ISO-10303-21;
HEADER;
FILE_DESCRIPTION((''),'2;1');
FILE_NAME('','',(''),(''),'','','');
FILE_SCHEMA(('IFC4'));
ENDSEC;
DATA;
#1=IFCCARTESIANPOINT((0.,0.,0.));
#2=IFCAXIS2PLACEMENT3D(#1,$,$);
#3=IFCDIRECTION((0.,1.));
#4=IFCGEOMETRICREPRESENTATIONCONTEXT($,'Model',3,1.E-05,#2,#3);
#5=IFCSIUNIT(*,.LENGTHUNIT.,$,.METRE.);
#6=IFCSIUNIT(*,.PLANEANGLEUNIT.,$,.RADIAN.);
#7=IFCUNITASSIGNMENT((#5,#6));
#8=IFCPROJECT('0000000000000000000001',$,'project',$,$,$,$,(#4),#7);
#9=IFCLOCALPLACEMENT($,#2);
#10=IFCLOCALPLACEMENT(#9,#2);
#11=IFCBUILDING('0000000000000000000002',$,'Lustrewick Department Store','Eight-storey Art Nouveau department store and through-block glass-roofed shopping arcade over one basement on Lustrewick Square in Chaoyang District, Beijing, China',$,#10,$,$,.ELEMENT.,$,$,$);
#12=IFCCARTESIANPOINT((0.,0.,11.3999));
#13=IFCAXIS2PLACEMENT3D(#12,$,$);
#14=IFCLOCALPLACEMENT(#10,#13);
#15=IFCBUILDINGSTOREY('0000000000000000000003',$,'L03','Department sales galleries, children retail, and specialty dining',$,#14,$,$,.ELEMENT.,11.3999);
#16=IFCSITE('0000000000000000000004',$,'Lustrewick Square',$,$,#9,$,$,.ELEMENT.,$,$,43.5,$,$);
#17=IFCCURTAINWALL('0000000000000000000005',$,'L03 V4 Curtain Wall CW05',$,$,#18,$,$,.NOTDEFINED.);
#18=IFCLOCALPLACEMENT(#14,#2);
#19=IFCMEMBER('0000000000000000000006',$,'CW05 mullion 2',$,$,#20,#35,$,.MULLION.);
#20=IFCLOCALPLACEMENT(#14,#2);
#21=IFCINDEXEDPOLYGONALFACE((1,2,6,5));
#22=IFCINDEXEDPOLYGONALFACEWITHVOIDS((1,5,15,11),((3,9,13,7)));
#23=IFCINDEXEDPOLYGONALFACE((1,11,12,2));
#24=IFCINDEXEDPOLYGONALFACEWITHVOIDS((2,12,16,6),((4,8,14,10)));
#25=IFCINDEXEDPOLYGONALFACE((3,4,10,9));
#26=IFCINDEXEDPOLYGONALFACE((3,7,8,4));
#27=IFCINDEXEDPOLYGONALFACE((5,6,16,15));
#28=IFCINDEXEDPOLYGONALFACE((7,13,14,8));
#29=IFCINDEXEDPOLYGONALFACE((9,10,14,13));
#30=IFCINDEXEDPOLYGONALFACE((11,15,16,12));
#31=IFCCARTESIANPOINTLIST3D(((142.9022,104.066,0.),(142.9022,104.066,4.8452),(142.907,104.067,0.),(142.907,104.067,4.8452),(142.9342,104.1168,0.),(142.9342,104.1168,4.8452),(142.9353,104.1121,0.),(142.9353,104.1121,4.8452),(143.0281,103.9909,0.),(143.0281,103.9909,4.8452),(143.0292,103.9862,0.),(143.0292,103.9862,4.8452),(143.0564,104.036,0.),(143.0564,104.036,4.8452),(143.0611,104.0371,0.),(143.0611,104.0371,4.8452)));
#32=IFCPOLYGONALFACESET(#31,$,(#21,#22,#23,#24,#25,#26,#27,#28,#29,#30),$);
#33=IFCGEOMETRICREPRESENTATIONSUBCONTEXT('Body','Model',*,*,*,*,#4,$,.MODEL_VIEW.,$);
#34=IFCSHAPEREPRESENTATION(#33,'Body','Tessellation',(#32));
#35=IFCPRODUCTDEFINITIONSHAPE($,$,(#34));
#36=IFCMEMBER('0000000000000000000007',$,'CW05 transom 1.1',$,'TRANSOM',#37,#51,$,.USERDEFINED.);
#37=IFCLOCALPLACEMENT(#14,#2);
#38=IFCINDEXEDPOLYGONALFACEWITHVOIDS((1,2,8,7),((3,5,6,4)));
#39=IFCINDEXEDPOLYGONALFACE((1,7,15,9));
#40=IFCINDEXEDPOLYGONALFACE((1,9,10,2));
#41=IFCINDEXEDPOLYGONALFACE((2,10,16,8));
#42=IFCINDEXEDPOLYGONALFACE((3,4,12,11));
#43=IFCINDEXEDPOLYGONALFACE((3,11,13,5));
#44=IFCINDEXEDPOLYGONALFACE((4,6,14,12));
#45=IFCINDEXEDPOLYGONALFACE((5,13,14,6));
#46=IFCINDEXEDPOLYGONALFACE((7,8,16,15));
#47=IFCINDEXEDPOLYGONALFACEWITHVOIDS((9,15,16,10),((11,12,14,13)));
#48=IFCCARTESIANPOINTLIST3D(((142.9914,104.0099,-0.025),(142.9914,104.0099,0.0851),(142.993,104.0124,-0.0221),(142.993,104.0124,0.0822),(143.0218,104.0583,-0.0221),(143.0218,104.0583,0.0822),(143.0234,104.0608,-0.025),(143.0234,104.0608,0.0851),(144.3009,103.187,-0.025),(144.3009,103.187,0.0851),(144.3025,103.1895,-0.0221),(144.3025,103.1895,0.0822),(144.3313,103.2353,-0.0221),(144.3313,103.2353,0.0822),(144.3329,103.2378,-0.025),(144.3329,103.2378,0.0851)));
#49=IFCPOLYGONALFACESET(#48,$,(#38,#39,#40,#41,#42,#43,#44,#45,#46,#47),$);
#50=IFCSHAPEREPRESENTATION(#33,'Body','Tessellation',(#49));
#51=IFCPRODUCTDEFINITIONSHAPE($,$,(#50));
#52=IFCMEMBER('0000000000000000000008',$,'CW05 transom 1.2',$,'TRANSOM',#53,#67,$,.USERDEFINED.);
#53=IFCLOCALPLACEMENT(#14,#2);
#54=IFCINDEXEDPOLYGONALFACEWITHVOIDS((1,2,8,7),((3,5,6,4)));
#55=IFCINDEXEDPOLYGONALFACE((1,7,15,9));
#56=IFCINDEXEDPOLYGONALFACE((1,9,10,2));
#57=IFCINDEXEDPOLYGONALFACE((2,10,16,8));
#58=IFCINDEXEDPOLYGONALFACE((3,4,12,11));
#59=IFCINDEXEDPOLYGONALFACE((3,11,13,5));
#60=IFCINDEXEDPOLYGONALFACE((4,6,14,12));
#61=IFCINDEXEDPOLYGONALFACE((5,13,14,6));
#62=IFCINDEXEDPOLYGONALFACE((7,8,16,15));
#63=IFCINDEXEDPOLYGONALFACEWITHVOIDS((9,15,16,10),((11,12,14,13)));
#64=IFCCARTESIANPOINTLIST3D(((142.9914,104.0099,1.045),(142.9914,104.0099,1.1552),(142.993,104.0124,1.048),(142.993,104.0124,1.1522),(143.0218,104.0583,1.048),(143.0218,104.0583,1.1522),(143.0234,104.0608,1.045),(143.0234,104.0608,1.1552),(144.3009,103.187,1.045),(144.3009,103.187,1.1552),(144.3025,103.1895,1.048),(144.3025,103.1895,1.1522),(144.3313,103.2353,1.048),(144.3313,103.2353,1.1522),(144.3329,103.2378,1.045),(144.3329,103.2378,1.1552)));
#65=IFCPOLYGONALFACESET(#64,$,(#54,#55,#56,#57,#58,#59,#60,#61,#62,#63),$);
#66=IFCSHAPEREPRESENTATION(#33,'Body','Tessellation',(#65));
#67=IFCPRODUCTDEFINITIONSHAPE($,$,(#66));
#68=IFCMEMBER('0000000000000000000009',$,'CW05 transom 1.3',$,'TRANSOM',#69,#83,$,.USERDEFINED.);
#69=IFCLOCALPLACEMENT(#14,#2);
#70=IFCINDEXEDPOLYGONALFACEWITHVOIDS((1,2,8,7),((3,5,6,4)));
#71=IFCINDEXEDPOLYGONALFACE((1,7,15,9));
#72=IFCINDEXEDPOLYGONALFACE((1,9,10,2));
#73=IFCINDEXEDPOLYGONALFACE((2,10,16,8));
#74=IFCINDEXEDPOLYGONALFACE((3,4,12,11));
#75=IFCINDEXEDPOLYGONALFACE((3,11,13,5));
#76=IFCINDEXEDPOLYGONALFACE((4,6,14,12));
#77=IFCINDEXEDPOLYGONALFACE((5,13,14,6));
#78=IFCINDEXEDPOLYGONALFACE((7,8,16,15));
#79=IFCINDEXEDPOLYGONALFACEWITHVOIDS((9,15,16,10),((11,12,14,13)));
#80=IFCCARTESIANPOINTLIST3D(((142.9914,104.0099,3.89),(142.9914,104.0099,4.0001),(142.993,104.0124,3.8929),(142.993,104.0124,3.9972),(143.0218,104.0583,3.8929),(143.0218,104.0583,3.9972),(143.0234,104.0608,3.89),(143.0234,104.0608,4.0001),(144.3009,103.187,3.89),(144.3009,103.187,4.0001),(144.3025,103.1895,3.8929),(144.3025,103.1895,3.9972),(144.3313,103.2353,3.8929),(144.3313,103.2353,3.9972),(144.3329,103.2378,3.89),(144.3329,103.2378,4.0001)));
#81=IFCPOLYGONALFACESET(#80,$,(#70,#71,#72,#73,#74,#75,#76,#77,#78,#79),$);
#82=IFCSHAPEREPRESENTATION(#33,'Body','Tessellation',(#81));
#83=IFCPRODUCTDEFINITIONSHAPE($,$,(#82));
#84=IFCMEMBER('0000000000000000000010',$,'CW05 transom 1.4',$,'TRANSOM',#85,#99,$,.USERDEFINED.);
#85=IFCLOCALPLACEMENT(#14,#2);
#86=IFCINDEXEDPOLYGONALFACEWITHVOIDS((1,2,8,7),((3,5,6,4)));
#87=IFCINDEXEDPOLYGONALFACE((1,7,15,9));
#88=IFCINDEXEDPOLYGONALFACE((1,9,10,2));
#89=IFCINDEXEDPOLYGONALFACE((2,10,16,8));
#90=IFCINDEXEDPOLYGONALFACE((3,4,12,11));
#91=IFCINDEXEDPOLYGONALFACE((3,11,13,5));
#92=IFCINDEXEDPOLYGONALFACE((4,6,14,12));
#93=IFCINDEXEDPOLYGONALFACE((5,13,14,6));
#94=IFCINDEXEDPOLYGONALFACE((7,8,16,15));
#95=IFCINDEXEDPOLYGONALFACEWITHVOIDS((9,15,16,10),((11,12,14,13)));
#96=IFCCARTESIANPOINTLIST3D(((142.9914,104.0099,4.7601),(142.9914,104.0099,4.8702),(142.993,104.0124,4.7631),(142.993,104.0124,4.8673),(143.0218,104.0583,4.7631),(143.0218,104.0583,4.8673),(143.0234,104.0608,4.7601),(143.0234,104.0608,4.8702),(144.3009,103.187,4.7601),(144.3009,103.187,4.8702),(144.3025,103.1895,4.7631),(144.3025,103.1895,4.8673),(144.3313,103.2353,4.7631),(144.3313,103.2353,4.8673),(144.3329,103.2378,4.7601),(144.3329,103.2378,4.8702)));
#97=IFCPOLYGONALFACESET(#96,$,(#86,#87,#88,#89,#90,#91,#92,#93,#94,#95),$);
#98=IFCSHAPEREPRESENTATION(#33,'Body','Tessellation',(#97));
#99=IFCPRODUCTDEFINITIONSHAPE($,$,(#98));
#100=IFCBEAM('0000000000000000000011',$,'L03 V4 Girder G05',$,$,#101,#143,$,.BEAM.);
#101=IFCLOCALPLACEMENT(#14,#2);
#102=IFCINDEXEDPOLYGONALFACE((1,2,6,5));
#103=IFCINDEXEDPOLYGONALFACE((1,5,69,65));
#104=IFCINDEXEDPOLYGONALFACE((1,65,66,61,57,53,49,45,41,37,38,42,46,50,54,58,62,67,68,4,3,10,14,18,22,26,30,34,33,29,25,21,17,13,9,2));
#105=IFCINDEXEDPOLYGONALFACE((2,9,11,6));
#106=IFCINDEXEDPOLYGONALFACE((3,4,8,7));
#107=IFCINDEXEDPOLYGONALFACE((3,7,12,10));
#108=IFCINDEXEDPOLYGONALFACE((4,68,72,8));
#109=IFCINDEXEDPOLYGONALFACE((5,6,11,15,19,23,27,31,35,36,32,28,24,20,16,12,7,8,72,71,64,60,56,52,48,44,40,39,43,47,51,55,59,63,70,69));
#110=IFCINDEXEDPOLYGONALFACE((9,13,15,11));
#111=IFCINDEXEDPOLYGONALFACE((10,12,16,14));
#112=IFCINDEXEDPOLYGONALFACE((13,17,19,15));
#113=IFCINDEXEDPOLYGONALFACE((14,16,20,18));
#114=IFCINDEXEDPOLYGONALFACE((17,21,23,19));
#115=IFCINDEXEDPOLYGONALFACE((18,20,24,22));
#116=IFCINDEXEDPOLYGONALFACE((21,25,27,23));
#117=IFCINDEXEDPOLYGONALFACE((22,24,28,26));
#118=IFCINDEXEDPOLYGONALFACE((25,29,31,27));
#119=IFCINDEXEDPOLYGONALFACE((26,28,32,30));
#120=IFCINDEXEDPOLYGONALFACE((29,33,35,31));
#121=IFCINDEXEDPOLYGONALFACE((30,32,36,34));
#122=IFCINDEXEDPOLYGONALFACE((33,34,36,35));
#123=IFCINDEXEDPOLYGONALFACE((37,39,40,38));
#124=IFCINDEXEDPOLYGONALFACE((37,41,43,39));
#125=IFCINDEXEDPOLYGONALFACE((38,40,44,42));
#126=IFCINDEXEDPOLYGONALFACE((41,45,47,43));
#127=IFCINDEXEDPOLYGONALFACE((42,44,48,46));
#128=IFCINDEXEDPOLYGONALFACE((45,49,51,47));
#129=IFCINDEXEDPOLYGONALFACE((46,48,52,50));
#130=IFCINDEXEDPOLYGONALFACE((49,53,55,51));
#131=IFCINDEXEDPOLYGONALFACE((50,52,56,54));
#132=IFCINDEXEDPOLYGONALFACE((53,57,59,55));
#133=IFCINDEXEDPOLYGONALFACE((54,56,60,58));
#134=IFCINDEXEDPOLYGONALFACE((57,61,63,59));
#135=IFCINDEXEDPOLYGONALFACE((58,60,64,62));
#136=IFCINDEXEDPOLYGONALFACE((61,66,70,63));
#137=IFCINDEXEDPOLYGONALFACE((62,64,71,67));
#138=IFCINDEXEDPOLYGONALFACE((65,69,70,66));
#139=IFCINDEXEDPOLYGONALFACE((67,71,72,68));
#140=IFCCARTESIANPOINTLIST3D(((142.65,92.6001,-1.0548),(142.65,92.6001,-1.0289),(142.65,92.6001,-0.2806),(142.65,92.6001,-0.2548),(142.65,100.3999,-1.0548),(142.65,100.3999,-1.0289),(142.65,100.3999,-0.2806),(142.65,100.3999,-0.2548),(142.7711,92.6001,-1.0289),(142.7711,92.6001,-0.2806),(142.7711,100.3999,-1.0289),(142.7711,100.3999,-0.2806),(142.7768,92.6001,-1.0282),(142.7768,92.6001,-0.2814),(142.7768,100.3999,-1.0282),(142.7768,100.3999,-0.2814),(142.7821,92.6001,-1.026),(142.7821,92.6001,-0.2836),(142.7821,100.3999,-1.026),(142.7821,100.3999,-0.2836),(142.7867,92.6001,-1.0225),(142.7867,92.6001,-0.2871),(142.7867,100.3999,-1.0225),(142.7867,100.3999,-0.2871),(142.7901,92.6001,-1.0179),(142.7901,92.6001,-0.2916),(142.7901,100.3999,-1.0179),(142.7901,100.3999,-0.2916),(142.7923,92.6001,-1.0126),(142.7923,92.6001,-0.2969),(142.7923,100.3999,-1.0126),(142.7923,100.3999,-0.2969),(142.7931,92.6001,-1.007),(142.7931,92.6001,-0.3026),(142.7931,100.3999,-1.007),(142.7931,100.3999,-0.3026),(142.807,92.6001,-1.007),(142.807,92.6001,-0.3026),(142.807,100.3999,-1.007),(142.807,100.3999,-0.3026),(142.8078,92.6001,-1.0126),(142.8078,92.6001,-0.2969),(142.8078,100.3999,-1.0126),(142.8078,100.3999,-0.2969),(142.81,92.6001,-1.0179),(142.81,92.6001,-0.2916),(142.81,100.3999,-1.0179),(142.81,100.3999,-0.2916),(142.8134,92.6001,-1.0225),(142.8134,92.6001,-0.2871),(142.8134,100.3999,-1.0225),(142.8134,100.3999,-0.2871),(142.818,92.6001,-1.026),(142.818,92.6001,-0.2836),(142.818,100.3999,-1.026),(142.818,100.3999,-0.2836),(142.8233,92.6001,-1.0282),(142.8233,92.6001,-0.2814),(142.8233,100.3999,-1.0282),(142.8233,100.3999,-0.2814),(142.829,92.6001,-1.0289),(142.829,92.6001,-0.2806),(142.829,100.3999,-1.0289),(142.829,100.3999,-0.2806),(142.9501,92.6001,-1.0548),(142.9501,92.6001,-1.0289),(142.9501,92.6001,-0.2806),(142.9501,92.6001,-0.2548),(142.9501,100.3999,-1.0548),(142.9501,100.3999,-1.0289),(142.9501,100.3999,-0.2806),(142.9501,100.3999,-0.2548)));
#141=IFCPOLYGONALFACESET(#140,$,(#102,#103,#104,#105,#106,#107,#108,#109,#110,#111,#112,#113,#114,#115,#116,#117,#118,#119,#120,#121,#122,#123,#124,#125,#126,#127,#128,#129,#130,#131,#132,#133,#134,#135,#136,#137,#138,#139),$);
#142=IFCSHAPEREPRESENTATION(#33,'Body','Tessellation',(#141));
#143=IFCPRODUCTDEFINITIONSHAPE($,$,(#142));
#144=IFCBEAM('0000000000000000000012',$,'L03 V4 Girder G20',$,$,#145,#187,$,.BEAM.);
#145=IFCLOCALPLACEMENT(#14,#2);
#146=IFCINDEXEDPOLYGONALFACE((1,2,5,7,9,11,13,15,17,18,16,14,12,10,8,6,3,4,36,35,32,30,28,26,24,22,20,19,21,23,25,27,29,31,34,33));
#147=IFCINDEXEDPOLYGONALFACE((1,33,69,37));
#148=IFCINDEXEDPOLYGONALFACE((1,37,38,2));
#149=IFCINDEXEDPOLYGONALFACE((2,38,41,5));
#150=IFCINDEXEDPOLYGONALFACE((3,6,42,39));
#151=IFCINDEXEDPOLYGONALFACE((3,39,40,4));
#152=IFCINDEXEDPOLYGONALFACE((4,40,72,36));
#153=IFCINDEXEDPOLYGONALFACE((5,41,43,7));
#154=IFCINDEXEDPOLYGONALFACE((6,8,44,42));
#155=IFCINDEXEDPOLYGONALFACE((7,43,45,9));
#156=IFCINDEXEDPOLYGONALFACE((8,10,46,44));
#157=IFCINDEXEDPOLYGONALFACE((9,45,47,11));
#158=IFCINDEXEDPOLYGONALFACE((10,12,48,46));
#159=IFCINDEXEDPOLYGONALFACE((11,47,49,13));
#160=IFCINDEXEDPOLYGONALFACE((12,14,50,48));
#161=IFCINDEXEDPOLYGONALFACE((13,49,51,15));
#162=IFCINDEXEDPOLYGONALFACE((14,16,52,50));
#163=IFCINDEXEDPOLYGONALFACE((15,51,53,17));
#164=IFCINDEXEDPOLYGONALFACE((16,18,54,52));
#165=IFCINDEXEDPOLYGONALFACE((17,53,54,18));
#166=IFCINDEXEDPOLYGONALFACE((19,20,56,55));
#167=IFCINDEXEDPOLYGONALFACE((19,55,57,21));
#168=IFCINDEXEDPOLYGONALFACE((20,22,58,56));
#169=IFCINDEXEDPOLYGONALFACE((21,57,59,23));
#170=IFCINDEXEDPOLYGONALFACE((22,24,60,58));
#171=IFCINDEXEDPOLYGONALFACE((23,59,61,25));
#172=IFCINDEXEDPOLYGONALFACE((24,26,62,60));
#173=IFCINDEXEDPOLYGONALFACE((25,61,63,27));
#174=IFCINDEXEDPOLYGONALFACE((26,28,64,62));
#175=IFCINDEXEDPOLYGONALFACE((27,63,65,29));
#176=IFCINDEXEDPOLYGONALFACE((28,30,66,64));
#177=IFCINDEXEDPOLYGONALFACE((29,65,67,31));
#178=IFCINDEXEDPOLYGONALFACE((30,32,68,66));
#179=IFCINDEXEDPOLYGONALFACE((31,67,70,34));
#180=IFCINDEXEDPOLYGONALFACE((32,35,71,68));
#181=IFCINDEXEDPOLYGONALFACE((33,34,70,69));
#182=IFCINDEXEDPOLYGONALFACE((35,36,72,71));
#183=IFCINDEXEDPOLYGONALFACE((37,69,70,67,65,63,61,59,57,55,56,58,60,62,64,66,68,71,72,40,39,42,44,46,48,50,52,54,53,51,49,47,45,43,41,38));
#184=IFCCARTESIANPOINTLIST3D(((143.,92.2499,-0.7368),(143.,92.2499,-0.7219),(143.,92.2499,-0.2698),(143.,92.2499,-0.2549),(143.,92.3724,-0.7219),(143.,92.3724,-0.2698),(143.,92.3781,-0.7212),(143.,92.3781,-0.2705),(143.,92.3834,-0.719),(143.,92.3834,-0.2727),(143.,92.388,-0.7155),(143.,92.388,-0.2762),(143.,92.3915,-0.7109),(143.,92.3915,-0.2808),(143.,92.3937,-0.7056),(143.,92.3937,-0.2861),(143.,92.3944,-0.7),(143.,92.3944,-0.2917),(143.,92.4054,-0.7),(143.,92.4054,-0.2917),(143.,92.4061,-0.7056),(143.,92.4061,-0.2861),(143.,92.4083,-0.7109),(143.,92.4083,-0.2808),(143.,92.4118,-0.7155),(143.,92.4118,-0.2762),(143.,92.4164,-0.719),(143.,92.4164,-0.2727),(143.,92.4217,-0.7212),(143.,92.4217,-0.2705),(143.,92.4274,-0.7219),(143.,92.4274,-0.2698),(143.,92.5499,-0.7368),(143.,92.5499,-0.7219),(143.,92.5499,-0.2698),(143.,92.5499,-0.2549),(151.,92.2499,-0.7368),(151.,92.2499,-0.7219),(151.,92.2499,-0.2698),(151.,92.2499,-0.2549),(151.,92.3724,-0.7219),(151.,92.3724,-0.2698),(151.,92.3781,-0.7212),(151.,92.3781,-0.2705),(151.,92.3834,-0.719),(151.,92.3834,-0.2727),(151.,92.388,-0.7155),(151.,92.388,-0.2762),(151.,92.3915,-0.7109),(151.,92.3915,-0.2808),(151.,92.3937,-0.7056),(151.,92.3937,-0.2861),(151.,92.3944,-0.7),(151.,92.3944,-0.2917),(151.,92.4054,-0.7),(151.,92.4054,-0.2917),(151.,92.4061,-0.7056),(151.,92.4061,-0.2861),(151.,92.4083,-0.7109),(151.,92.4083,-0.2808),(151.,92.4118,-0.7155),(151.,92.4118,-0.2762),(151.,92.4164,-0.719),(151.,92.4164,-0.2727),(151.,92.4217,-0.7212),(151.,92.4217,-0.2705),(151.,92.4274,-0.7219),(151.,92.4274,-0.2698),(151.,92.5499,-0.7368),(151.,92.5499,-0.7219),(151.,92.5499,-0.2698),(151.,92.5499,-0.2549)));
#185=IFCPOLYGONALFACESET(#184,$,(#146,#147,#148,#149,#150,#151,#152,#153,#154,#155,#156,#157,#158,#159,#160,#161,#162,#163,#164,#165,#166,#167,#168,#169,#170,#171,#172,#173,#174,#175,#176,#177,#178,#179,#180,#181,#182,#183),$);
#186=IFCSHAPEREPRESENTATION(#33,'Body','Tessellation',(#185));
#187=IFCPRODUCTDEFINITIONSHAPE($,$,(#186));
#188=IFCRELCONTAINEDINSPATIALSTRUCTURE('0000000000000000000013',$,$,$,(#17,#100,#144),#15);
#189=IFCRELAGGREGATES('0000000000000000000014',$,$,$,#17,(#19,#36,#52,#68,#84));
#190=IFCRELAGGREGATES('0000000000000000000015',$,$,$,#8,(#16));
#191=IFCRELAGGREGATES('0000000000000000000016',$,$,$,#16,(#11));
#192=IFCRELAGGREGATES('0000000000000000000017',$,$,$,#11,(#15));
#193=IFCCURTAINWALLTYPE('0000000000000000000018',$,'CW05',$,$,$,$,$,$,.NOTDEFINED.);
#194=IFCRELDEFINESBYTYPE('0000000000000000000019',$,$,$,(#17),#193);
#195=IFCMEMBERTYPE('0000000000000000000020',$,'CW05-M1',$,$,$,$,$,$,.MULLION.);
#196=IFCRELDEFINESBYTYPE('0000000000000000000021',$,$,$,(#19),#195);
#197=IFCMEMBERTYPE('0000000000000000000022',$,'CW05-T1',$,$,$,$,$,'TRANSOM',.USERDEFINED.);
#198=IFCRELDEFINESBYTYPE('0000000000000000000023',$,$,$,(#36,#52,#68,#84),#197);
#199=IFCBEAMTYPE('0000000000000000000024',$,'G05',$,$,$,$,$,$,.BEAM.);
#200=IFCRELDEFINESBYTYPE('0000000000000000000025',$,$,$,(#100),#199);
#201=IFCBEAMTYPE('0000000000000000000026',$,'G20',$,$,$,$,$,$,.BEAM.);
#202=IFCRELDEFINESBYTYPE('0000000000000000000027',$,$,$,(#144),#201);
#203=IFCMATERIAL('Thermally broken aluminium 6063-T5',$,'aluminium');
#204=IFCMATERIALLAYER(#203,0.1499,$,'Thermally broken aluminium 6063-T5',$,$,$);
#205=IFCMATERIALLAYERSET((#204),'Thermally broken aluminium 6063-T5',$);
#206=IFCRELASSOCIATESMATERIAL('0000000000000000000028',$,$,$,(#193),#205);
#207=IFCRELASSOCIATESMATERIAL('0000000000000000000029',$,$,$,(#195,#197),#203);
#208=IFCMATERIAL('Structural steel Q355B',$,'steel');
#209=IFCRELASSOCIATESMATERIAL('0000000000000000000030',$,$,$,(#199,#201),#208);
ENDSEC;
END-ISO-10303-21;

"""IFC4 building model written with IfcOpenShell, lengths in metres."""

from ifc_helpers import new_model, si_unit, direction, frame, origin, origin_2d, place, context, subcontext, project, spatial, hollow_rectangle, i_section, extrude, material, layer, layer_set, material_profile, profile_set, type_object, element, aggregate, save


model = new_model("IFC4")

# Units and contexts
model_context = context("Model", 3, precision=1e-05, world=origin(), true_north=direction((0.0, 1.0)))
body_context = subcontext(model_context, "Body", "Model", "MODEL_VIEW")
ifc_project = project(units=[si_unit("LENGTHUNIT", "METRE"), si_unit("PLANEANGLEUNIT", "RADIAN")], contexts=[model_context])

# Site, building, storey
site_placement = place(None, origin())
site = spatial("IfcSite", under=ifc_project, at=site_placement, Name="Lustrewick Square", CompositionType="ELEMENT", RefElevation=43.5)
building_placement = place(site_placement, origin())
building = spatial("IfcBuilding", under=site, at=building_placement, Name="Lustrewick Department Store", Description="Eight-storey Art Nouveau department store and through-block glass-roofed shopping arcade over one basement on Lustrewick Square in Chaoyang District, Beijing, China", CompositionType="ELEMENT")
storey_placement = place(building_placement, frame((0.0, 0.0, 11.3999)))
storey = spatial("IfcBuildingStorey", under=building, at=storey_placement, Name="L03", Description="Department sales galleries, children retail, and specialty dining", CompositionType="ELEMENT", Elevation=11.3999)

# Shared definitions
ifc_material_1 = material(Name="Structural steel Q355B", Category="steel")

# Shared definitions
ifc_material_2 = material(Name="Thermally broken aluminium 6063-T5", Category="aluminium")

# Curtain wall, members
ifc_layer_1 = layer(ifc_material_2, 0.1499, Name="Thermally broken aluminium 6063-T5")
ifc_layer_set_1 = layer_set([ifc_layer_1], Name="Thermally broken aluminium 6063-T5")
curtain_wall_type_1 = type_object("IfcCurtainWallType", Name="CW05", PredefinedType="NOTDEFINED", material=ifc_layer_set_1)
curtain_wall_1_placement = place(storey_placement, origin())
curtain_wall_1 = element("IfcCurtainWall", 1, at=curtain_wall_1_placement, inside=storey, type_object=curtain_wall_type_1, Name="L03 V4 Curtain Wall CW05", PredefinedType="NOTDEFINED")
ifc_material_profile_1 = material_profile(ifc_material_2, hollow_rectangle(XDim=0.0601, YDim=0.1499, WallThickness=0.0034, at=origin_2d()), Name="ALU-M 60x150x3.5")
ifc_profile_set_1 = profile_set([ifc_material_profile_1], Name="Thermally broken aluminium 6063-T5")
member_type_1 = type_object("IfcMemberType", Name="CW05-M1", PredefinedType="MULLION", material=ifc_profile_set_1)
member_1_placement = place(storey_placement, frame((142.9817, 104.0515, 0.0), z_axis=(0.0, 0.0, 1.0), x_axis=(-0.532014, -0.846735, 0.0)))
member_1 = element("IfcMember", 2, at=member_1_placement, type_object=member_type_1, Name="CW05 mullion 2", PredefinedType="MULLION", context=body_context, shape_type="SweptSolid", body=[
    extrude(hollow_rectangle(XDim=0.0601, YDim=0.1499, WallThickness=0.0034, at=origin_2d()), origin(), (0.0, 0.0, 1.0), 4.8452),
])
ifc_material_profile_2 = material_profile(ifc_material_2, hollow_rectangle(XDim=0.0601, YDim=0.1101, WallThickness=0.0029, at=origin_2d()), Name="ALU-T 60x110x3")
ifc_profile_set_2 = profile_set([ifc_material_profile_2], Name="Thermally broken aluminium 6063-T5")
member_type_2 = type_object("IfcMemberType", Name="CW05-T1", ElementType="TRANSOM", PredefinedType="USERDEFINED", material=ifc_profile_set_2)
member_2_placement = place(storey_placement, frame((144.3169, 103.2124, 0.03), z_axis=(-0.846683, 0.532097, 0.0), x_axis=(-0.532097, -0.846683, 0.0)))
member_2 = element("IfcMember", 3, at=member_2_placement, type_object=member_type_2, Name="CW05 transom 1.1", ObjectType="TRANSOM", PredefinedType="USERDEFINED", context=body_context, shape_type="SweptSolid", body=[
    extrude(hollow_rectangle(XDim=0.0601, YDim=0.1101, WallThickness=0.0029, at=origin_2d()), origin(), (0.0, 0.0, 1.0), 1.5466),
])
member_3_placement = place(storey_placement, frame((144.3169, 103.2124, 1.1001), z_axis=(-0.846683, 0.532097, 0.0), x_axis=(-0.532097, -0.846683, 0.0)))
member_3 = element("IfcMember", 4, at=member_3_placement, type_object=member_type_2, Name="CW05 transom 1.2", ObjectType="TRANSOM", PredefinedType="USERDEFINED", context=body_context, shape_type="SweptSolid", body=[
    extrude(hollow_rectangle(XDim=0.0601, YDim=0.1101, WallThickness=0.0029, at=origin_2d()), origin(), (0.0, 0.0, 1.0), 1.5466),
])
member_4_placement = place(storey_placement, frame((144.3169, 103.2124, 3.9451), z_axis=(-0.846683, 0.532097, 0.0), x_axis=(-0.532097, -0.846683, 0.0)))
member_4 = element("IfcMember", 5, at=member_4_placement, type_object=member_type_2, Name="CW05 transom 1.3", ObjectType="TRANSOM", PredefinedType="USERDEFINED", context=body_context, shape_type="SweptSolid", body=[
    extrude(hollow_rectangle(XDim=0.0601, YDim=0.1101, WallThickness=0.0029, at=origin_2d()), origin(), (0.0, 0.0, 1.0), 1.5466),
])
member_5_placement = place(storey_placement, frame((144.3169, 103.2124, 4.8152), z_axis=(-0.846683, 0.532097, 0.0), x_axis=(-0.532097, -0.846683, 0.0)))
member_5 = element("IfcMember", 6, at=member_5_placement, type_object=member_type_2, Name="CW05 transom 1.4", ObjectType="TRANSOM", PredefinedType="USERDEFINED", context=body_context, shape_type="SweptSolid", body=[
    extrude(hollow_rectangle(XDim=0.0601, YDim=0.1101, WallThickness=0.0029, at=origin_2d()), origin(), (0.0, 0.0, 1.0), 1.5466),
])

# Beams
ifc_material_profile_3 = material_profile(ifc_material_1, i_section(OverallWidth=0.3, OverallDepth=0.8, WebThickness=0.0139, FlangeThickness=0.0259, FilletRadius=0.022, at=origin_2d()), Name="HN 800x300x14x26")
ifc_profile_set_3 = profile_set([ifc_material_profile_3], Name="Structural steel Q355B")
beam_type_1 = type_object("IfcBeamType", Name="G05", PredefinedType="BEAM", material=ifc_profile_set_3)
beam_1_placement = place(storey_placement, frame((142.8, 92.6001, -0.6548), z_axis=(0.0, 1.0, 0.0), x_axis=(-1.0, 0.0, 0.0)))
element("IfcBeam", 7, at=beam_1_placement, inside=storey, type_object=beam_type_1, Name="L03 V4 Girder G05", PredefinedType="BEAM", context=body_context, shape_type="SweptSolid", body=[
    extrude(i_section(OverallWidth=0.3, OverallDepth=0.8, WebThickness=0.0139, FlangeThickness=0.0259, FilletRadius=0.022, at=origin_2d()), origin(), (0.0, 0.0, 1.0), 7.7998),
])
ifc_material_profile_4 = material_profile(ifc_material_1, i_section(OverallWidth=0.3, OverallDepth=0.4819, WebThickness=0.011, FlangeThickness=0.0149, FilletRadius=0.022, at=origin_2d()), Name="HM 482x300x11x15")
ifc_profile_set_4 = profile_set([ifc_material_profile_4], Name="Structural steel Q355B")
beam_type_2 = type_object("IfcBeamType", Name="G20", PredefinedType="BEAM", material=ifc_profile_set_4)
beam_2_placement = place(storey_placement, frame((143.0, 92.3999, -0.4958), z_axis=(1.0, 0.0, 0.0), x_axis=(0.0, 1.0, 0.0)))
element("IfcBeam", 8, at=beam_2_placement, inside=storey, type_object=beam_type_2, Name="L03 V4 Girder G20", PredefinedType="BEAM", context=body_context, shape_type="SweptSolid", body=[
    extrude(i_section(OverallWidth=0.3, OverallDepth=0.4819, WebThickness=0.011, FlangeThickness=0.0149, FilletRadius=0.022, at=origin_2d()), origin(), (0.0, 0.0, 1.0), 8.0),
])

aggregate(curtain_wall_1, [member_1, member_2, member_3, member_4, member_5])

save(model, "model.ifc")
